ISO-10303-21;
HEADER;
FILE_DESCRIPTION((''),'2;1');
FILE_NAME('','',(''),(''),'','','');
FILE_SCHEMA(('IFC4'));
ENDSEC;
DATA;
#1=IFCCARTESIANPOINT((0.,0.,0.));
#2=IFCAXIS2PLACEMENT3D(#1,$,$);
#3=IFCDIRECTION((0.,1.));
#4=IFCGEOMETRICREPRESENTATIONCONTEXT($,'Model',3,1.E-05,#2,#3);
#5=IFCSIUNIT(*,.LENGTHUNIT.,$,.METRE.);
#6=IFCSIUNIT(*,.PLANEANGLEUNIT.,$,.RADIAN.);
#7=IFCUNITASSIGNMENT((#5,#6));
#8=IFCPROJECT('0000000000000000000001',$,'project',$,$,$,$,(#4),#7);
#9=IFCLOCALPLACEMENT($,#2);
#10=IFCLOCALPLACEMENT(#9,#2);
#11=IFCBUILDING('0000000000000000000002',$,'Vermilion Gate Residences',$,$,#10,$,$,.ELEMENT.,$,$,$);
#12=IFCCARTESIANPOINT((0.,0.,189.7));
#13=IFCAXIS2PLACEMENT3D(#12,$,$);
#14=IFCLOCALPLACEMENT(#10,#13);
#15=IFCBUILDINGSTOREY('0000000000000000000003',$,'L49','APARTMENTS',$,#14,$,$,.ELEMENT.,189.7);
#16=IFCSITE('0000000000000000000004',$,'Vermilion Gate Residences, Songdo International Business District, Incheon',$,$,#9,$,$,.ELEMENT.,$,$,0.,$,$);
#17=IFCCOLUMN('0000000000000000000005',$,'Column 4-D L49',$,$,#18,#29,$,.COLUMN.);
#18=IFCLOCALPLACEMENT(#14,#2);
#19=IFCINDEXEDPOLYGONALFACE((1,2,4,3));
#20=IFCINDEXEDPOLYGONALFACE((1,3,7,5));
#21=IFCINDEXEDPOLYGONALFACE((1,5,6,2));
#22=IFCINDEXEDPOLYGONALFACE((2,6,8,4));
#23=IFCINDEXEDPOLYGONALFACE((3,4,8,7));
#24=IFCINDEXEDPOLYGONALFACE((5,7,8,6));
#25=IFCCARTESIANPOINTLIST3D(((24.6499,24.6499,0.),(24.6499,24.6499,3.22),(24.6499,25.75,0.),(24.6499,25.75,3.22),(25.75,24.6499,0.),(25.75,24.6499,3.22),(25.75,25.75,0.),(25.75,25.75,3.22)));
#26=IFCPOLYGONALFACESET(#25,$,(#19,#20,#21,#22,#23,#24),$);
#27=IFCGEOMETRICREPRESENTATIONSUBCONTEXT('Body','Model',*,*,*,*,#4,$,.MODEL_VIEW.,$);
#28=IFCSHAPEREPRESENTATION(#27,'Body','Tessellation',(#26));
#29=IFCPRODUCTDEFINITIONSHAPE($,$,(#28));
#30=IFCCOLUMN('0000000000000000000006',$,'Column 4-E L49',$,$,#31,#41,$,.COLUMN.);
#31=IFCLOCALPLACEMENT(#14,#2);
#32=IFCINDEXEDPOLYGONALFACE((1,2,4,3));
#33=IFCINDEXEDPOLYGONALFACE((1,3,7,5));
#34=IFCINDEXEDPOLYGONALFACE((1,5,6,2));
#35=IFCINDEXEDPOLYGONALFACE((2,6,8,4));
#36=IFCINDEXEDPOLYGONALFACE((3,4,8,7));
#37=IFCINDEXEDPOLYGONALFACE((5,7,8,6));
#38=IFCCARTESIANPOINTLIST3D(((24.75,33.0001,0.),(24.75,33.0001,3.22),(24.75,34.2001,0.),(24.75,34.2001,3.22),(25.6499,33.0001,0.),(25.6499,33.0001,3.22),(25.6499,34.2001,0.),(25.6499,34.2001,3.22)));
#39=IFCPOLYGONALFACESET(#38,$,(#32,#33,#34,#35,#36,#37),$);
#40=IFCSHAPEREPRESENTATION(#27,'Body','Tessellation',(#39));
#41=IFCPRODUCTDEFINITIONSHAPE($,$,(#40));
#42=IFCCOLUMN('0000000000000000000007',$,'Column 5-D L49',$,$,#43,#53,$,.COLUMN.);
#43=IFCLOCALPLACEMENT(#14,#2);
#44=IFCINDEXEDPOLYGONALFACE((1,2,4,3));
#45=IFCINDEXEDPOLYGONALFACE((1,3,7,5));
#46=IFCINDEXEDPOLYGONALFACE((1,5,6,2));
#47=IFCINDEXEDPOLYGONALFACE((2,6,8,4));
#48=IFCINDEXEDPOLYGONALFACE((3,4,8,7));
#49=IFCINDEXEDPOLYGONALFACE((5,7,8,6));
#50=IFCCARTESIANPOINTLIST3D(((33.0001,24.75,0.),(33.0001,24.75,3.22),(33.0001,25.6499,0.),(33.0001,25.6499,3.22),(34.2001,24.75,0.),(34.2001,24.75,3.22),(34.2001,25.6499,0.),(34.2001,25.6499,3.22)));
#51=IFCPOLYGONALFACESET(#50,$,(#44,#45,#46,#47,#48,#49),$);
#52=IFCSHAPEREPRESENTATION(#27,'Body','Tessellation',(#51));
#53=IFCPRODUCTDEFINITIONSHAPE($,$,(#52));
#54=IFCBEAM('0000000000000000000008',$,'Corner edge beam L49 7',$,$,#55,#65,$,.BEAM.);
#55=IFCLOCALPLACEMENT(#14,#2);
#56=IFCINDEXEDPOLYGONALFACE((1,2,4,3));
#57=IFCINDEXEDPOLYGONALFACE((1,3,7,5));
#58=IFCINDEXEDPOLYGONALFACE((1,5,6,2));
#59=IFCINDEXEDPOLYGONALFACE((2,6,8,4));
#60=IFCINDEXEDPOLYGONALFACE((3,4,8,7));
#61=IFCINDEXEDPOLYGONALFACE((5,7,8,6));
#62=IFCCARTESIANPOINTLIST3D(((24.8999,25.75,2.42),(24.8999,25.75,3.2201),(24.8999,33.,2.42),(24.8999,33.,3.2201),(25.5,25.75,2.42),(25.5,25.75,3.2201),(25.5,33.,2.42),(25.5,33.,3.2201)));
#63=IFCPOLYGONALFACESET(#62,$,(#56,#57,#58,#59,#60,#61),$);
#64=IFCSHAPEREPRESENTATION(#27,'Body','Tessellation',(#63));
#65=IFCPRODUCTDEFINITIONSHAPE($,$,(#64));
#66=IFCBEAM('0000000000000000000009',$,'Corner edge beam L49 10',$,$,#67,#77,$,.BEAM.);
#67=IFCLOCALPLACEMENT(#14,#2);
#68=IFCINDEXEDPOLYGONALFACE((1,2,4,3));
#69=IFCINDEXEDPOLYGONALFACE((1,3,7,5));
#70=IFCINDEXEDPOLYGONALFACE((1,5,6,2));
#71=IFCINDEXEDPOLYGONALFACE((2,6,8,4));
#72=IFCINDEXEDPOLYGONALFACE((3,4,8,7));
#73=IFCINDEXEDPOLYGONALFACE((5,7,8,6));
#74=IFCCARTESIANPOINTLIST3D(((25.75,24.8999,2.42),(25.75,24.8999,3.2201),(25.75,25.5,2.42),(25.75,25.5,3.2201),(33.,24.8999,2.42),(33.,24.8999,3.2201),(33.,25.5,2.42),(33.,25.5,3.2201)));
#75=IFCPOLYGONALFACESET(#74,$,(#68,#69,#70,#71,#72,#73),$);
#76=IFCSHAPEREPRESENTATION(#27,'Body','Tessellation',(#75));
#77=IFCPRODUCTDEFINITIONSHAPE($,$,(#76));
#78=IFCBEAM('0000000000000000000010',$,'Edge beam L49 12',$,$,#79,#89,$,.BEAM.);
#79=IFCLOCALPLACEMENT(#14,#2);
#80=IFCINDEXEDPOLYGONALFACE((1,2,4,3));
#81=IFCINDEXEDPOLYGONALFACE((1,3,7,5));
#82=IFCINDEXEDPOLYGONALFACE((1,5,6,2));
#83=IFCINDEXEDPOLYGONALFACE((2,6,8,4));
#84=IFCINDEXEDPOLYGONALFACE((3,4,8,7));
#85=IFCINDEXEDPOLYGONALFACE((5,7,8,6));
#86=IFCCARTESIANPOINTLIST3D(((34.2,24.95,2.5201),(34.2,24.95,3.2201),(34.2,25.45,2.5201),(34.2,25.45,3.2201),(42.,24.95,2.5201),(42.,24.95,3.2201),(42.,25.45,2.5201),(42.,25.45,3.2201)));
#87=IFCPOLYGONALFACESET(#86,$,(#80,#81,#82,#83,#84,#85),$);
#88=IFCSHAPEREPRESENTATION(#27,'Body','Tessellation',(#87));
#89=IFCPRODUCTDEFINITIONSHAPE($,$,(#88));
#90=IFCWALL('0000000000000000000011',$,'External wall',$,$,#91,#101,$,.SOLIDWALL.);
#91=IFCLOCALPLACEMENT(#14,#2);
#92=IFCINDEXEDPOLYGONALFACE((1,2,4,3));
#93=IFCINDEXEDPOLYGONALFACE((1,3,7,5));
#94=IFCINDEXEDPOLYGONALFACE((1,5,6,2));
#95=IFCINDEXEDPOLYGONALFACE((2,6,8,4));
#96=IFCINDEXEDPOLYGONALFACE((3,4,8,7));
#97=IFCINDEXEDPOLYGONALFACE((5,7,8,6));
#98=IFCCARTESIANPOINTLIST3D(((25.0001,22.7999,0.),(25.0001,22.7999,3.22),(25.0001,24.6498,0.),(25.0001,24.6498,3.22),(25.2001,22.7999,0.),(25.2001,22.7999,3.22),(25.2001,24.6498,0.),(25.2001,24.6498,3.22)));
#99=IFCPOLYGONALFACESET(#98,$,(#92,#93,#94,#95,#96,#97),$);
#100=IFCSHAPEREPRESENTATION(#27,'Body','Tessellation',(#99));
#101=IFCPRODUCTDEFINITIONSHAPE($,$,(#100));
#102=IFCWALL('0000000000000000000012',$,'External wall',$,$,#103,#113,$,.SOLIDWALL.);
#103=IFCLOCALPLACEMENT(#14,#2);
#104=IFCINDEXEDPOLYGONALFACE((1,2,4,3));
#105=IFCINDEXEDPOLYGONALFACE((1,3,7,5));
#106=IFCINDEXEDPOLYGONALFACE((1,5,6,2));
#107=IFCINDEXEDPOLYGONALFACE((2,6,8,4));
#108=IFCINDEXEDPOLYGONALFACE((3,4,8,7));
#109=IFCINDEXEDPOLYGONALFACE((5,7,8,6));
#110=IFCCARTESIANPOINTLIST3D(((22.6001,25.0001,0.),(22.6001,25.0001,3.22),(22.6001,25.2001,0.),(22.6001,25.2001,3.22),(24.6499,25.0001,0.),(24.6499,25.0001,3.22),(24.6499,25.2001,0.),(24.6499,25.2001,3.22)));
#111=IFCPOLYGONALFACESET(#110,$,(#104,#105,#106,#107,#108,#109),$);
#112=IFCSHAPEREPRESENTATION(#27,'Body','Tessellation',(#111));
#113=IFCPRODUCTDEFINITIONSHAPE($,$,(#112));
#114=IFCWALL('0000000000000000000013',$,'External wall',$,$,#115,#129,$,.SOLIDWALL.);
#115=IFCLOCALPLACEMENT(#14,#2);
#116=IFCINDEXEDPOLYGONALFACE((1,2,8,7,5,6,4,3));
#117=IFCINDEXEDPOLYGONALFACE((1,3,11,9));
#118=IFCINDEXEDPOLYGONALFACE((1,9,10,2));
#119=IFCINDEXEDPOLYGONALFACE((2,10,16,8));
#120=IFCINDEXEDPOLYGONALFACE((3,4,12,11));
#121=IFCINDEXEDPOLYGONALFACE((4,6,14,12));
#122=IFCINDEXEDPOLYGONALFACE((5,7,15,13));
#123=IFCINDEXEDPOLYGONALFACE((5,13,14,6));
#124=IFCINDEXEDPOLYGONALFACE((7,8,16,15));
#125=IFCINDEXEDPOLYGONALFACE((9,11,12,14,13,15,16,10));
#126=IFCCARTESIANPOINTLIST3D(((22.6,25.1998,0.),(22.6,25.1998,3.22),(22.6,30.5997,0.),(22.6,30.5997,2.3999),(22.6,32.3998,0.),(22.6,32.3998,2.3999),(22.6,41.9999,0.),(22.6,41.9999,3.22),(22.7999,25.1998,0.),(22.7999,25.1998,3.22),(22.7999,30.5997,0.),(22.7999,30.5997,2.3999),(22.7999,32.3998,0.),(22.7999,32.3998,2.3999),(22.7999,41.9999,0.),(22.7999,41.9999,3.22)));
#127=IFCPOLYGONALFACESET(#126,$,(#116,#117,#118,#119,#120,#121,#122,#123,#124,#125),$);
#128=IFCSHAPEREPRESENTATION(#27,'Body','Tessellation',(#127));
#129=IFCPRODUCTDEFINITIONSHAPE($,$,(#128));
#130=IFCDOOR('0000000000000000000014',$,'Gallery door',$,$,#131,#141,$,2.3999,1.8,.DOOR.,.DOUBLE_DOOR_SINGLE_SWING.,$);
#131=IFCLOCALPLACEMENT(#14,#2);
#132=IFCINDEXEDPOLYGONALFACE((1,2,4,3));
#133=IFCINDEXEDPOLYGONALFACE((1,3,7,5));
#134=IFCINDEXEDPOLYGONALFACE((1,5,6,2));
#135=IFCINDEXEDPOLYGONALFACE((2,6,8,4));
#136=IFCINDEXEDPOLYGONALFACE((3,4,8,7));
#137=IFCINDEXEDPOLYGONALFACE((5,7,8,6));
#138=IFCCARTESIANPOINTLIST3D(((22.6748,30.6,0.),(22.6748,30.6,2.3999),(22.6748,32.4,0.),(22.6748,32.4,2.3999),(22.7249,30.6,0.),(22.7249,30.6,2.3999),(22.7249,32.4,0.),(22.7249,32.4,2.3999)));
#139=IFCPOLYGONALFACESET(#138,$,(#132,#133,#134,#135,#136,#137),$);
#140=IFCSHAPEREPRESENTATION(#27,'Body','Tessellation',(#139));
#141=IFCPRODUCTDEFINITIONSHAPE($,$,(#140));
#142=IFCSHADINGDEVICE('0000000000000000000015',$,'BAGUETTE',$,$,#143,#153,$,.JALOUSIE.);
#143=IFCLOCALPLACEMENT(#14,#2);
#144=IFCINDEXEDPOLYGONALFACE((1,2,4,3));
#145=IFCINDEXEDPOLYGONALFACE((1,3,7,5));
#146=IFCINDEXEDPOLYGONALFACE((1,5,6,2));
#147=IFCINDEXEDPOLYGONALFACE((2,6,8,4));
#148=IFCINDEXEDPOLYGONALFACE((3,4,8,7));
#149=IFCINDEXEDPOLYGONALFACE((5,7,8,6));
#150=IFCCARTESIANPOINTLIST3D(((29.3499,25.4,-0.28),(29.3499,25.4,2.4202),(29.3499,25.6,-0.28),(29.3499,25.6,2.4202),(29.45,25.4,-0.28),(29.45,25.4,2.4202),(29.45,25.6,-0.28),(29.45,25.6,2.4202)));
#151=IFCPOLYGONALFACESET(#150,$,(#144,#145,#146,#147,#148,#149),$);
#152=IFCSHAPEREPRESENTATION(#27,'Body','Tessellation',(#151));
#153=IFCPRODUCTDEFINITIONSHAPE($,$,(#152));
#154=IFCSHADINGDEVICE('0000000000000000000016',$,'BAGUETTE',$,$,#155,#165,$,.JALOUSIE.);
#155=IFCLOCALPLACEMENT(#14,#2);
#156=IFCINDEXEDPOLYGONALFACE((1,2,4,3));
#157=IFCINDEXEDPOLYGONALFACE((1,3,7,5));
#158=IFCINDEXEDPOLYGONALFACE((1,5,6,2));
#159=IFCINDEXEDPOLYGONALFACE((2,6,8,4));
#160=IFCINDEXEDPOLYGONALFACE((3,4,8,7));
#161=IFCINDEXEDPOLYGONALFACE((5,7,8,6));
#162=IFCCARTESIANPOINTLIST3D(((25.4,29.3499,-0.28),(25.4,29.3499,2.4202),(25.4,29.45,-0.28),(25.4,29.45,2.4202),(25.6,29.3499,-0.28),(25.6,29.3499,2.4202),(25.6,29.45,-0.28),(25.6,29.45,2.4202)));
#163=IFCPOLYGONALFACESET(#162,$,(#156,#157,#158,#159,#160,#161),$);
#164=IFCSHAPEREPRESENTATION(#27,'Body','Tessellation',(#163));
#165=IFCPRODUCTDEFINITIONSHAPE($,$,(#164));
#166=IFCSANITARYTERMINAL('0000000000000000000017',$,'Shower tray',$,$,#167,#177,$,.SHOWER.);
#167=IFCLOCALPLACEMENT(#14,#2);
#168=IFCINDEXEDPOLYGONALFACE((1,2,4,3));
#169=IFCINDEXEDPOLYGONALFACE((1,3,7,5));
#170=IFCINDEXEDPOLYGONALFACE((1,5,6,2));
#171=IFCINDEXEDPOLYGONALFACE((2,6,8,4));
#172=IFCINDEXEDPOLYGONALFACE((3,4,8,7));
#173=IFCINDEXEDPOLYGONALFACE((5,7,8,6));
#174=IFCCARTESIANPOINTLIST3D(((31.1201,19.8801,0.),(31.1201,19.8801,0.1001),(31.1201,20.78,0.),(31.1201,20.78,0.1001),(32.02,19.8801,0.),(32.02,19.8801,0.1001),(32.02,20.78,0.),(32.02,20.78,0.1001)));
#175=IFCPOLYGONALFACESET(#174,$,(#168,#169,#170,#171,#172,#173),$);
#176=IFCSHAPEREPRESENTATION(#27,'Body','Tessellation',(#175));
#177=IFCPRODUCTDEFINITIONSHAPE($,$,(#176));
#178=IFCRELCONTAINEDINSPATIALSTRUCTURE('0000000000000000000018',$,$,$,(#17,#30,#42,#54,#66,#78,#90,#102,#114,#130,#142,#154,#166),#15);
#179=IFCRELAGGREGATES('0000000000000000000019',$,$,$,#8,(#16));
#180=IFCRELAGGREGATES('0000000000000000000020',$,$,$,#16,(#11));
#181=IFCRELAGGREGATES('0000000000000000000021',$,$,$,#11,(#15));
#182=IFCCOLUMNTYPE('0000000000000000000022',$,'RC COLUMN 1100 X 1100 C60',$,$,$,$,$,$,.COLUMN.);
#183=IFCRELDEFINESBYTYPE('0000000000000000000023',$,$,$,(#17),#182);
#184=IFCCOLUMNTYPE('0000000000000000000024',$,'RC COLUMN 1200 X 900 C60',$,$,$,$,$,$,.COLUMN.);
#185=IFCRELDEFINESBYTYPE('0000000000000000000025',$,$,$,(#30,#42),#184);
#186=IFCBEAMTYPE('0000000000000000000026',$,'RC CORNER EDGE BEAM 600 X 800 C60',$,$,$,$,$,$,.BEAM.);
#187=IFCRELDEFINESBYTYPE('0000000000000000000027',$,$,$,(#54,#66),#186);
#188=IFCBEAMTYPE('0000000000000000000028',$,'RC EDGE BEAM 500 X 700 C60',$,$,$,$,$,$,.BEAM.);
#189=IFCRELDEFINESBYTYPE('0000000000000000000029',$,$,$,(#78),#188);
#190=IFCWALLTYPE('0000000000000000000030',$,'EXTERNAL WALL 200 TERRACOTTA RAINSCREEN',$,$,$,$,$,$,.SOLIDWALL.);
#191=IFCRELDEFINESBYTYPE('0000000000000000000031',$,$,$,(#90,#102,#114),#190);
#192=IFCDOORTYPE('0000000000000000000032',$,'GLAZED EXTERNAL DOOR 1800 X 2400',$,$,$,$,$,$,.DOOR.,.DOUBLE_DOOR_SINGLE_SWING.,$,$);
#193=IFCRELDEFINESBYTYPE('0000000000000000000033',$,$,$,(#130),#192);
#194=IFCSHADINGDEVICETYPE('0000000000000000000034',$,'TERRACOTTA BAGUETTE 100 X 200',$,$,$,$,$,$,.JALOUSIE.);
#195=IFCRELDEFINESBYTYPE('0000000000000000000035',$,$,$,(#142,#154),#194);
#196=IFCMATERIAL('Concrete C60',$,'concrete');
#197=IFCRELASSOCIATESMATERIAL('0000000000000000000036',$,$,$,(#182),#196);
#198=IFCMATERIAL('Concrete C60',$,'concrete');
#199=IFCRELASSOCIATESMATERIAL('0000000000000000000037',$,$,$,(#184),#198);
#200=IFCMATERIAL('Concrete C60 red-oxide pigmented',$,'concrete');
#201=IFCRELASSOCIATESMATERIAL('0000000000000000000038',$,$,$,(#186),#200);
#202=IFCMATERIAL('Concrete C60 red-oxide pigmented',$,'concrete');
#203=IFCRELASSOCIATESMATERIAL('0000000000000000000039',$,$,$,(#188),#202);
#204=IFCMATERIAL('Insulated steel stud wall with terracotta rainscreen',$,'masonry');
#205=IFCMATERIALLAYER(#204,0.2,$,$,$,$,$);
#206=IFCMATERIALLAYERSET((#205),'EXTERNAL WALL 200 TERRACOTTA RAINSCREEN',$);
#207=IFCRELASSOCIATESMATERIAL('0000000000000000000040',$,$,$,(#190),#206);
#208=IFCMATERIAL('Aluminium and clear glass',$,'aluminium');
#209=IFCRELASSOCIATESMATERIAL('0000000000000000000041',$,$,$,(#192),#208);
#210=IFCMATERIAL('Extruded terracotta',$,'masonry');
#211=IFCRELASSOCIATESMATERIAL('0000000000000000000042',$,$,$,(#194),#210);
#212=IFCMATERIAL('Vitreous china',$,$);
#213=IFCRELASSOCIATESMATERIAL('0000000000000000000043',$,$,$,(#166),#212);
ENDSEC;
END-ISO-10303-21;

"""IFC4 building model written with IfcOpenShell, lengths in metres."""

from ifc_helpers import new_model, si_unit, direction, frame, frame_2d, origin, origin_2d, place, context, subcontext, project, spatial, rectangle, extrude, material, layer, layer_set, material_profile, profile_set, type_object, element, fill, save


model = new_model("IFC4")

# Units and contexts
model_context = context("Model", 3, precision=1e-05, world=origin(), true_north=direction((0.0, 1.0)))
body_context = subcontext(model_context, "Body", "Model", "MODEL_VIEW")
ifc_project = project(units=[si_unit("LENGTHUNIT", "METRE"), si_unit("PLANEANGLEUNIT", "RADIAN")], contexts=[model_context])

# Site, building, storey
site_placement = place(None, origin())
site = spatial("IfcSite", under=ifc_project, at=site_placement, Name="Vermilion Gate Residences, Songdo International Business District, Incheon", CompositionType="ELEMENT", RefElevation=0.0)
building_placement = place(site_placement, origin())
building = spatial("IfcBuilding", under=site, at=building_placement, Name="Vermilion Gate Residences", CompositionType="ELEMENT")
storey_placement = place(building_placement, frame((0.0, 0.0, 189.7)))
storey = spatial("IfcBuildingStorey", under=building, at=storey_placement, Name="L49", Description="APARTMENTS", CompositionType="ELEMENT", Elevation=189.7)

# Columns
ifc_material_1 = material(Name="Concrete C60", Category="concrete")
ifc_material_profile_1 = material_profile(ifc_material_1, rectangle(XDim=1.1001, YDim=1.1001, at=origin_2d()), Name="RC-1100x1100")
ifc_profile_set_1 = profile_set([ifc_material_profile_1], Name="Concrete C60")
column_type_1 = type_object("IfcColumnType", Name="RC COLUMN 1100 X 1100 C60", PredefinedType="COLUMN", material=ifc_profile_set_1)
column_placement = place(storey_placement, frame((25.2, 25.2, 0.0), z_axis=(0.0, 0.0, 1.0), x_axis=(1.0, 0.0, 0.0)))
element("IfcColumn", 1, at=column_placement, inside=storey, type_object=column_type_1, Name="Column 4-D L49", PredefinedType="COLUMN", context=body_context, shape_type="SweptSolid", body=[
    extrude(rectangle(XDim=1.1001, YDim=1.1001, at=origin_2d()), origin(), (0.0, 0.0, 1.0), 3.22),
])
ifc_material_2 = material(Name="Concrete C60", Category="concrete")
ifc_material_profile_2 = material_profile(ifc_material_2, rectangle(XDim=1.2, YDim=0.8999, at=origin_2d()), Name="RC-1200x900")
ifc_profile_set_2 = profile_set([ifc_material_profile_2], Name="Concrete C60")
column_type_2 = type_object("IfcColumnType", Name="RC COLUMN 1200 X 900 C60", PredefinedType="COLUMN", material=ifc_profile_set_2)
for number, where, z_axis, x_axis, name in (
    (2, (25.2, 33.6001, 0.0), (0.0, 0.0, 1.0), (0.0, 1.0, 0.0), "Column 4-E L49"),
    (3, (33.6001, 25.2, 0.0), (0.0, 0.0, 1.0), (1.0, 0.0, 0.0), "Column 5-D L49"),
):
    element("IfcColumn", number, at=place(storey_placement, frame(where, z_axis=z_axis, x_axis=x_axis)), inside=storey, type_object=column_type_2, Name=name, PredefinedType="COLUMN", context=body_context, shape_type="SweptSolid", body=[
        extrude(rectangle(XDim=1.2, YDim=0.8999, at=origin_2d()), origin(), (0.0, 0.0, 1.0), 3.22),
    ])

# Beams
ifc_material_3 = material(Name="Concrete C60 red-oxide pigmented", Category="concrete")
ifc_material_profile_3 = material_profile(ifc_material_3, rectangle(XDim=0.6001, YDim=0.8, at=origin_2d()), Name="RC-600x800")
ifc_profile_set_3 = profile_set([ifc_material_profile_3], Name="Concrete C60 red-oxide pigmented")
beam_type_1 = type_object("IfcBeamType", Name="RC CORNER EDGE BEAM 600 X 800 C60", PredefinedType="BEAM", material=ifc_profile_set_3)
for number, where, z_axis, x_axis, name in (
    (4, (25.2, 25.75, 2.8201), (0.0, 1.0, 0.0), (-1.0, 0.0, 0.0), "Corner edge beam L49 7"),
    (5, (25.75, 25.2, 2.8201), (1.0, 0.0, 0.0), (0.0, 1.0, 0.0), "Corner edge beam L49 10"),
):
    element("IfcBeam", number, at=place(storey_placement, frame(where, z_axis=z_axis, x_axis=x_axis)), inside=storey, type_object=beam_type_1, Name=name, PredefinedType="BEAM", context=body_context, shape_type="SweptSolid", body=[
        extrude(rectangle(XDim=0.6001, YDim=0.8, at=origin_2d()), origin(), (0.0, 0.0, 1.0), 7.25),
    ])
ifc_material_4 = material(Name="Concrete C60 red-oxide pigmented", Category="concrete")
ifc_material_profile_4 = material_profile(ifc_material_4, rectangle(XDim=0.5, YDim=0.7, at=origin_2d()), Name="RC-500x700")
ifc_profile_set_4 = profile_set([ifc_material_profile_4], Name="Concrete C60 red-oxide pigmented")
beam_type_2 = type_object("IfcBeamType", Name="RC EDGE BEAM 500 X 700 C60", PredefinedType="BEAM", material=ifc_profile_set_4)
beam_placement = place(storey_placement, frame((34.2, 25.2, 2.8701), z_axis=(1.0, 0.0, 0.0), x_axis=(0.0, 1.0, 0.0)))
element("IfcBeam", 6, at=beam_placement, inside=storey, type_object=beam_type_2, Name="Edge beam L49 12", PredefinedType="BEAM", context=body_context, shape_type="SweptSolid", body=[
    extrude(rectangle(XDim=0.5, YDim=0.7, at=origin_2d()), origin(), (0.0, 0.0, 1.0), 7.8),
])

# Walls
ifc_material_5 = material(Name="Insulated steel stud wall with terracotta rainscreen", Category="masonry")
ifc_layer = layer(ifc_material_5, 0.2)
ifc_layer_set = layer_set([ifc_layer], Name="EXTERNAL WALL 200 TERRACOTTA RAINSCREEN")
wall_type = type_object("IfcWallType", Name="EXTERNAL WALL 200 TERRACOTTA RAINSCREEN", PredefinedType="SOLIDWALL", material=ifc_layer_set)
wall_1_placement = place(storey_placement, frame((25.1001, 22.8, 0.0), z_axis=(0.0, 0.0, 1.0), x_axis=(0.0, 1.0, 0.0)))
element("IfcWall", 7, at=wall_1_placement, inside=storey, type_object=wall_type, Name="External wall", PredefinedType="SOLIDWALL", context=body_context, shape_type="SweptSolid", body=[
    extrude(rectangle(XDim=1.8499, YDim=0.2, at=frame_2d((0.9248, 0.0))), origin(), (0.0, 0.0, 1.0), 3.22),
])
wall_2_placement = place(storey_placement, frame((24.6499, 25.1001, 0.0), z_axis=(0.0, 0.0, 1.0), x_axis=(-1.0, 0.0, 0.0)))
element("IfcWall", 8, at=wall_2_placement, inside=storey, type_object=wall_type, Name="External wall", PredefinedType="SOLIDWALL", context=body_context, shape_type="SweptSolid", body=[
    extrude(rectangle(XDim=2.0498, YDim=0.2, at=frame_2d((1.0249, 0.0))), origin(), (0.0, 0.0, 1.0), 3.22),
])

# Wall, opening, door
wall_3_placement = place(storey_placement, frame((22.7, 25.2, 0.0), z_axis=(0.0, 0.0, 1.0), x_axis=(0.0, 1.0, 0.0)))
wall_3 = element("IfcWall", 9, at=wall_3_placement, inside=storey, type_object=wall_type, Name="External wall", PredefinedType="SOLIDWALL", context=body_context, shape_type="SweptSolid", body=[
    extrude(rectangle(XDim=16.8, YDim=0.2, at=frame_2d((8.3999, 0.0))), origin(), (0.0, 0.0, 1.0), 3.22),
])
opening_placement = place(wall_3_placement, frame((5.3999, 0.0, 0.0)))
opening = element("IfcOpeningElement", 10, at=opening_placement, cuts=wall_3, PredefinedType="OPENING", context=body_context, shape_type="SweptSolid", body=[
    extrude(rectangle(XDim=1.8, YDim=2.3999, at=frame_2d((0.8999, 1.2))), frame((0.0, 0.1099, 0.0), z_axis=(0.0, -1.0, 0.0), x_axis=(1.0, 0.0, 0.0)), (0.0, 0.0, 1.0), 0.22),
])
ifc_material_6 = material(Name="Aluminium and clear glass", Category="aluminium")
door_type = type_object("IfcDoorType", Name="GLAZED EXTERNAL DOOR 1800 X 2400", OperationType="DOUBLE_DOOR_SINGLE_SWING", PredefinedType="DOOR", material=ifc_material_6)
door_placement = place(opening_placement, frame((1.8, 0.0, 0.0), z_axis=(0.0, 0.0, 1.0), x_axis=(-1.0, 0.0, 0.0)))
door = element("IfcDoor", 11, at=door_placement, inside=storey, type_object=door_type, Name="Gallery door", OperationType="DOUBLE_DOOR_SINGLE_SWING", OverallHeight=2.3999, OverallWidth=1.8, PredefinedType="DOOR", context=body_context, shape_type="SweptSolid", body=[
    extrude(rectangle(XDim=1.8, YDim=2.3999, at=frame_2d((0.8999, 1.2))), frame((0.0, 0.0249, 0.0), z_axis=(0.0, -1.0, 0.0), x_axis=(1.0, 0.0, 0.0)), (0.0, 0.0, 1.0), 0.05),
])
fill(opening, door)

# Shading devices
ifc_material_7 = material(Name="Extruded terracotta", Category="masonry")
ifc_material_profile_5 = material_profile(ifc_material_7, rectangle(XDim=0.2, YDim=0.1001, at=origin_2d()), Name="BAGUETTE 100 X 200")
ifc_profile_set_5 = profile_set([ifc_material_profile_5], Name="Extruded terracotta")
shading_device_type = type_object("IfcShadingDeviceType", Name="TERRACOTTA BAGUETTE 100 X 200", PredefinedType="JALOUSIE", material=ifc_profile_set_5)
for number, where, z_axis, x_axis, name in (
    (12, (29.3999, 25.5, -0.28), (0.0, 0.0, 1.0), (0.0, -1.0, 0.0), "BAGUETTE"),
    (13, (25.5, 29.3999, -0.28), (0.0, 0.0, 1.0), (-1.0, 0.0, 0.0), "BAGUETTE"),
):
    element("IfcShadingDevice", number, at=place(storey_placement, frame(where, z_axis=z_axis, x_axis=x_axis)), inside=storey, type_object=shading_device_type, Name=name, PredefinedType="JALOUSIE", context=body_context, shape_type="SweptSolid", body=[
        extrude(rectangle(XDim=0.2, YDim=0.1001, at=origin_2d()), origin(), (0.0, 0.0, 1.0), 2.7002),
    ])

# Sanitary terminal
ifc_material_8 = material(Name="Vitreous china")
sanitary_terminal_1_placement = place(storey_placement, frame((31.5701, 20.3301, 0.0), z_axis=(0.0, 0.0, 1.0), x_axis=(1.0, 0.0, 0.0)))
element("IfcSanitaryTerminal", 14, at=sanitary_terminal_1_placement, inside=storey, material=ifc_material_8, Name="Shower tray", PredefinedType="SHOWER", context=body_context, shape_type="SweptSolid", body=[
    extrude(rectangle(XDim=0.8999, YDim=0.8999, at=origin_2d()), origin(), (0.0, 0.0, 1.0), 0.1001),
])

save(model, "model.ifc")
